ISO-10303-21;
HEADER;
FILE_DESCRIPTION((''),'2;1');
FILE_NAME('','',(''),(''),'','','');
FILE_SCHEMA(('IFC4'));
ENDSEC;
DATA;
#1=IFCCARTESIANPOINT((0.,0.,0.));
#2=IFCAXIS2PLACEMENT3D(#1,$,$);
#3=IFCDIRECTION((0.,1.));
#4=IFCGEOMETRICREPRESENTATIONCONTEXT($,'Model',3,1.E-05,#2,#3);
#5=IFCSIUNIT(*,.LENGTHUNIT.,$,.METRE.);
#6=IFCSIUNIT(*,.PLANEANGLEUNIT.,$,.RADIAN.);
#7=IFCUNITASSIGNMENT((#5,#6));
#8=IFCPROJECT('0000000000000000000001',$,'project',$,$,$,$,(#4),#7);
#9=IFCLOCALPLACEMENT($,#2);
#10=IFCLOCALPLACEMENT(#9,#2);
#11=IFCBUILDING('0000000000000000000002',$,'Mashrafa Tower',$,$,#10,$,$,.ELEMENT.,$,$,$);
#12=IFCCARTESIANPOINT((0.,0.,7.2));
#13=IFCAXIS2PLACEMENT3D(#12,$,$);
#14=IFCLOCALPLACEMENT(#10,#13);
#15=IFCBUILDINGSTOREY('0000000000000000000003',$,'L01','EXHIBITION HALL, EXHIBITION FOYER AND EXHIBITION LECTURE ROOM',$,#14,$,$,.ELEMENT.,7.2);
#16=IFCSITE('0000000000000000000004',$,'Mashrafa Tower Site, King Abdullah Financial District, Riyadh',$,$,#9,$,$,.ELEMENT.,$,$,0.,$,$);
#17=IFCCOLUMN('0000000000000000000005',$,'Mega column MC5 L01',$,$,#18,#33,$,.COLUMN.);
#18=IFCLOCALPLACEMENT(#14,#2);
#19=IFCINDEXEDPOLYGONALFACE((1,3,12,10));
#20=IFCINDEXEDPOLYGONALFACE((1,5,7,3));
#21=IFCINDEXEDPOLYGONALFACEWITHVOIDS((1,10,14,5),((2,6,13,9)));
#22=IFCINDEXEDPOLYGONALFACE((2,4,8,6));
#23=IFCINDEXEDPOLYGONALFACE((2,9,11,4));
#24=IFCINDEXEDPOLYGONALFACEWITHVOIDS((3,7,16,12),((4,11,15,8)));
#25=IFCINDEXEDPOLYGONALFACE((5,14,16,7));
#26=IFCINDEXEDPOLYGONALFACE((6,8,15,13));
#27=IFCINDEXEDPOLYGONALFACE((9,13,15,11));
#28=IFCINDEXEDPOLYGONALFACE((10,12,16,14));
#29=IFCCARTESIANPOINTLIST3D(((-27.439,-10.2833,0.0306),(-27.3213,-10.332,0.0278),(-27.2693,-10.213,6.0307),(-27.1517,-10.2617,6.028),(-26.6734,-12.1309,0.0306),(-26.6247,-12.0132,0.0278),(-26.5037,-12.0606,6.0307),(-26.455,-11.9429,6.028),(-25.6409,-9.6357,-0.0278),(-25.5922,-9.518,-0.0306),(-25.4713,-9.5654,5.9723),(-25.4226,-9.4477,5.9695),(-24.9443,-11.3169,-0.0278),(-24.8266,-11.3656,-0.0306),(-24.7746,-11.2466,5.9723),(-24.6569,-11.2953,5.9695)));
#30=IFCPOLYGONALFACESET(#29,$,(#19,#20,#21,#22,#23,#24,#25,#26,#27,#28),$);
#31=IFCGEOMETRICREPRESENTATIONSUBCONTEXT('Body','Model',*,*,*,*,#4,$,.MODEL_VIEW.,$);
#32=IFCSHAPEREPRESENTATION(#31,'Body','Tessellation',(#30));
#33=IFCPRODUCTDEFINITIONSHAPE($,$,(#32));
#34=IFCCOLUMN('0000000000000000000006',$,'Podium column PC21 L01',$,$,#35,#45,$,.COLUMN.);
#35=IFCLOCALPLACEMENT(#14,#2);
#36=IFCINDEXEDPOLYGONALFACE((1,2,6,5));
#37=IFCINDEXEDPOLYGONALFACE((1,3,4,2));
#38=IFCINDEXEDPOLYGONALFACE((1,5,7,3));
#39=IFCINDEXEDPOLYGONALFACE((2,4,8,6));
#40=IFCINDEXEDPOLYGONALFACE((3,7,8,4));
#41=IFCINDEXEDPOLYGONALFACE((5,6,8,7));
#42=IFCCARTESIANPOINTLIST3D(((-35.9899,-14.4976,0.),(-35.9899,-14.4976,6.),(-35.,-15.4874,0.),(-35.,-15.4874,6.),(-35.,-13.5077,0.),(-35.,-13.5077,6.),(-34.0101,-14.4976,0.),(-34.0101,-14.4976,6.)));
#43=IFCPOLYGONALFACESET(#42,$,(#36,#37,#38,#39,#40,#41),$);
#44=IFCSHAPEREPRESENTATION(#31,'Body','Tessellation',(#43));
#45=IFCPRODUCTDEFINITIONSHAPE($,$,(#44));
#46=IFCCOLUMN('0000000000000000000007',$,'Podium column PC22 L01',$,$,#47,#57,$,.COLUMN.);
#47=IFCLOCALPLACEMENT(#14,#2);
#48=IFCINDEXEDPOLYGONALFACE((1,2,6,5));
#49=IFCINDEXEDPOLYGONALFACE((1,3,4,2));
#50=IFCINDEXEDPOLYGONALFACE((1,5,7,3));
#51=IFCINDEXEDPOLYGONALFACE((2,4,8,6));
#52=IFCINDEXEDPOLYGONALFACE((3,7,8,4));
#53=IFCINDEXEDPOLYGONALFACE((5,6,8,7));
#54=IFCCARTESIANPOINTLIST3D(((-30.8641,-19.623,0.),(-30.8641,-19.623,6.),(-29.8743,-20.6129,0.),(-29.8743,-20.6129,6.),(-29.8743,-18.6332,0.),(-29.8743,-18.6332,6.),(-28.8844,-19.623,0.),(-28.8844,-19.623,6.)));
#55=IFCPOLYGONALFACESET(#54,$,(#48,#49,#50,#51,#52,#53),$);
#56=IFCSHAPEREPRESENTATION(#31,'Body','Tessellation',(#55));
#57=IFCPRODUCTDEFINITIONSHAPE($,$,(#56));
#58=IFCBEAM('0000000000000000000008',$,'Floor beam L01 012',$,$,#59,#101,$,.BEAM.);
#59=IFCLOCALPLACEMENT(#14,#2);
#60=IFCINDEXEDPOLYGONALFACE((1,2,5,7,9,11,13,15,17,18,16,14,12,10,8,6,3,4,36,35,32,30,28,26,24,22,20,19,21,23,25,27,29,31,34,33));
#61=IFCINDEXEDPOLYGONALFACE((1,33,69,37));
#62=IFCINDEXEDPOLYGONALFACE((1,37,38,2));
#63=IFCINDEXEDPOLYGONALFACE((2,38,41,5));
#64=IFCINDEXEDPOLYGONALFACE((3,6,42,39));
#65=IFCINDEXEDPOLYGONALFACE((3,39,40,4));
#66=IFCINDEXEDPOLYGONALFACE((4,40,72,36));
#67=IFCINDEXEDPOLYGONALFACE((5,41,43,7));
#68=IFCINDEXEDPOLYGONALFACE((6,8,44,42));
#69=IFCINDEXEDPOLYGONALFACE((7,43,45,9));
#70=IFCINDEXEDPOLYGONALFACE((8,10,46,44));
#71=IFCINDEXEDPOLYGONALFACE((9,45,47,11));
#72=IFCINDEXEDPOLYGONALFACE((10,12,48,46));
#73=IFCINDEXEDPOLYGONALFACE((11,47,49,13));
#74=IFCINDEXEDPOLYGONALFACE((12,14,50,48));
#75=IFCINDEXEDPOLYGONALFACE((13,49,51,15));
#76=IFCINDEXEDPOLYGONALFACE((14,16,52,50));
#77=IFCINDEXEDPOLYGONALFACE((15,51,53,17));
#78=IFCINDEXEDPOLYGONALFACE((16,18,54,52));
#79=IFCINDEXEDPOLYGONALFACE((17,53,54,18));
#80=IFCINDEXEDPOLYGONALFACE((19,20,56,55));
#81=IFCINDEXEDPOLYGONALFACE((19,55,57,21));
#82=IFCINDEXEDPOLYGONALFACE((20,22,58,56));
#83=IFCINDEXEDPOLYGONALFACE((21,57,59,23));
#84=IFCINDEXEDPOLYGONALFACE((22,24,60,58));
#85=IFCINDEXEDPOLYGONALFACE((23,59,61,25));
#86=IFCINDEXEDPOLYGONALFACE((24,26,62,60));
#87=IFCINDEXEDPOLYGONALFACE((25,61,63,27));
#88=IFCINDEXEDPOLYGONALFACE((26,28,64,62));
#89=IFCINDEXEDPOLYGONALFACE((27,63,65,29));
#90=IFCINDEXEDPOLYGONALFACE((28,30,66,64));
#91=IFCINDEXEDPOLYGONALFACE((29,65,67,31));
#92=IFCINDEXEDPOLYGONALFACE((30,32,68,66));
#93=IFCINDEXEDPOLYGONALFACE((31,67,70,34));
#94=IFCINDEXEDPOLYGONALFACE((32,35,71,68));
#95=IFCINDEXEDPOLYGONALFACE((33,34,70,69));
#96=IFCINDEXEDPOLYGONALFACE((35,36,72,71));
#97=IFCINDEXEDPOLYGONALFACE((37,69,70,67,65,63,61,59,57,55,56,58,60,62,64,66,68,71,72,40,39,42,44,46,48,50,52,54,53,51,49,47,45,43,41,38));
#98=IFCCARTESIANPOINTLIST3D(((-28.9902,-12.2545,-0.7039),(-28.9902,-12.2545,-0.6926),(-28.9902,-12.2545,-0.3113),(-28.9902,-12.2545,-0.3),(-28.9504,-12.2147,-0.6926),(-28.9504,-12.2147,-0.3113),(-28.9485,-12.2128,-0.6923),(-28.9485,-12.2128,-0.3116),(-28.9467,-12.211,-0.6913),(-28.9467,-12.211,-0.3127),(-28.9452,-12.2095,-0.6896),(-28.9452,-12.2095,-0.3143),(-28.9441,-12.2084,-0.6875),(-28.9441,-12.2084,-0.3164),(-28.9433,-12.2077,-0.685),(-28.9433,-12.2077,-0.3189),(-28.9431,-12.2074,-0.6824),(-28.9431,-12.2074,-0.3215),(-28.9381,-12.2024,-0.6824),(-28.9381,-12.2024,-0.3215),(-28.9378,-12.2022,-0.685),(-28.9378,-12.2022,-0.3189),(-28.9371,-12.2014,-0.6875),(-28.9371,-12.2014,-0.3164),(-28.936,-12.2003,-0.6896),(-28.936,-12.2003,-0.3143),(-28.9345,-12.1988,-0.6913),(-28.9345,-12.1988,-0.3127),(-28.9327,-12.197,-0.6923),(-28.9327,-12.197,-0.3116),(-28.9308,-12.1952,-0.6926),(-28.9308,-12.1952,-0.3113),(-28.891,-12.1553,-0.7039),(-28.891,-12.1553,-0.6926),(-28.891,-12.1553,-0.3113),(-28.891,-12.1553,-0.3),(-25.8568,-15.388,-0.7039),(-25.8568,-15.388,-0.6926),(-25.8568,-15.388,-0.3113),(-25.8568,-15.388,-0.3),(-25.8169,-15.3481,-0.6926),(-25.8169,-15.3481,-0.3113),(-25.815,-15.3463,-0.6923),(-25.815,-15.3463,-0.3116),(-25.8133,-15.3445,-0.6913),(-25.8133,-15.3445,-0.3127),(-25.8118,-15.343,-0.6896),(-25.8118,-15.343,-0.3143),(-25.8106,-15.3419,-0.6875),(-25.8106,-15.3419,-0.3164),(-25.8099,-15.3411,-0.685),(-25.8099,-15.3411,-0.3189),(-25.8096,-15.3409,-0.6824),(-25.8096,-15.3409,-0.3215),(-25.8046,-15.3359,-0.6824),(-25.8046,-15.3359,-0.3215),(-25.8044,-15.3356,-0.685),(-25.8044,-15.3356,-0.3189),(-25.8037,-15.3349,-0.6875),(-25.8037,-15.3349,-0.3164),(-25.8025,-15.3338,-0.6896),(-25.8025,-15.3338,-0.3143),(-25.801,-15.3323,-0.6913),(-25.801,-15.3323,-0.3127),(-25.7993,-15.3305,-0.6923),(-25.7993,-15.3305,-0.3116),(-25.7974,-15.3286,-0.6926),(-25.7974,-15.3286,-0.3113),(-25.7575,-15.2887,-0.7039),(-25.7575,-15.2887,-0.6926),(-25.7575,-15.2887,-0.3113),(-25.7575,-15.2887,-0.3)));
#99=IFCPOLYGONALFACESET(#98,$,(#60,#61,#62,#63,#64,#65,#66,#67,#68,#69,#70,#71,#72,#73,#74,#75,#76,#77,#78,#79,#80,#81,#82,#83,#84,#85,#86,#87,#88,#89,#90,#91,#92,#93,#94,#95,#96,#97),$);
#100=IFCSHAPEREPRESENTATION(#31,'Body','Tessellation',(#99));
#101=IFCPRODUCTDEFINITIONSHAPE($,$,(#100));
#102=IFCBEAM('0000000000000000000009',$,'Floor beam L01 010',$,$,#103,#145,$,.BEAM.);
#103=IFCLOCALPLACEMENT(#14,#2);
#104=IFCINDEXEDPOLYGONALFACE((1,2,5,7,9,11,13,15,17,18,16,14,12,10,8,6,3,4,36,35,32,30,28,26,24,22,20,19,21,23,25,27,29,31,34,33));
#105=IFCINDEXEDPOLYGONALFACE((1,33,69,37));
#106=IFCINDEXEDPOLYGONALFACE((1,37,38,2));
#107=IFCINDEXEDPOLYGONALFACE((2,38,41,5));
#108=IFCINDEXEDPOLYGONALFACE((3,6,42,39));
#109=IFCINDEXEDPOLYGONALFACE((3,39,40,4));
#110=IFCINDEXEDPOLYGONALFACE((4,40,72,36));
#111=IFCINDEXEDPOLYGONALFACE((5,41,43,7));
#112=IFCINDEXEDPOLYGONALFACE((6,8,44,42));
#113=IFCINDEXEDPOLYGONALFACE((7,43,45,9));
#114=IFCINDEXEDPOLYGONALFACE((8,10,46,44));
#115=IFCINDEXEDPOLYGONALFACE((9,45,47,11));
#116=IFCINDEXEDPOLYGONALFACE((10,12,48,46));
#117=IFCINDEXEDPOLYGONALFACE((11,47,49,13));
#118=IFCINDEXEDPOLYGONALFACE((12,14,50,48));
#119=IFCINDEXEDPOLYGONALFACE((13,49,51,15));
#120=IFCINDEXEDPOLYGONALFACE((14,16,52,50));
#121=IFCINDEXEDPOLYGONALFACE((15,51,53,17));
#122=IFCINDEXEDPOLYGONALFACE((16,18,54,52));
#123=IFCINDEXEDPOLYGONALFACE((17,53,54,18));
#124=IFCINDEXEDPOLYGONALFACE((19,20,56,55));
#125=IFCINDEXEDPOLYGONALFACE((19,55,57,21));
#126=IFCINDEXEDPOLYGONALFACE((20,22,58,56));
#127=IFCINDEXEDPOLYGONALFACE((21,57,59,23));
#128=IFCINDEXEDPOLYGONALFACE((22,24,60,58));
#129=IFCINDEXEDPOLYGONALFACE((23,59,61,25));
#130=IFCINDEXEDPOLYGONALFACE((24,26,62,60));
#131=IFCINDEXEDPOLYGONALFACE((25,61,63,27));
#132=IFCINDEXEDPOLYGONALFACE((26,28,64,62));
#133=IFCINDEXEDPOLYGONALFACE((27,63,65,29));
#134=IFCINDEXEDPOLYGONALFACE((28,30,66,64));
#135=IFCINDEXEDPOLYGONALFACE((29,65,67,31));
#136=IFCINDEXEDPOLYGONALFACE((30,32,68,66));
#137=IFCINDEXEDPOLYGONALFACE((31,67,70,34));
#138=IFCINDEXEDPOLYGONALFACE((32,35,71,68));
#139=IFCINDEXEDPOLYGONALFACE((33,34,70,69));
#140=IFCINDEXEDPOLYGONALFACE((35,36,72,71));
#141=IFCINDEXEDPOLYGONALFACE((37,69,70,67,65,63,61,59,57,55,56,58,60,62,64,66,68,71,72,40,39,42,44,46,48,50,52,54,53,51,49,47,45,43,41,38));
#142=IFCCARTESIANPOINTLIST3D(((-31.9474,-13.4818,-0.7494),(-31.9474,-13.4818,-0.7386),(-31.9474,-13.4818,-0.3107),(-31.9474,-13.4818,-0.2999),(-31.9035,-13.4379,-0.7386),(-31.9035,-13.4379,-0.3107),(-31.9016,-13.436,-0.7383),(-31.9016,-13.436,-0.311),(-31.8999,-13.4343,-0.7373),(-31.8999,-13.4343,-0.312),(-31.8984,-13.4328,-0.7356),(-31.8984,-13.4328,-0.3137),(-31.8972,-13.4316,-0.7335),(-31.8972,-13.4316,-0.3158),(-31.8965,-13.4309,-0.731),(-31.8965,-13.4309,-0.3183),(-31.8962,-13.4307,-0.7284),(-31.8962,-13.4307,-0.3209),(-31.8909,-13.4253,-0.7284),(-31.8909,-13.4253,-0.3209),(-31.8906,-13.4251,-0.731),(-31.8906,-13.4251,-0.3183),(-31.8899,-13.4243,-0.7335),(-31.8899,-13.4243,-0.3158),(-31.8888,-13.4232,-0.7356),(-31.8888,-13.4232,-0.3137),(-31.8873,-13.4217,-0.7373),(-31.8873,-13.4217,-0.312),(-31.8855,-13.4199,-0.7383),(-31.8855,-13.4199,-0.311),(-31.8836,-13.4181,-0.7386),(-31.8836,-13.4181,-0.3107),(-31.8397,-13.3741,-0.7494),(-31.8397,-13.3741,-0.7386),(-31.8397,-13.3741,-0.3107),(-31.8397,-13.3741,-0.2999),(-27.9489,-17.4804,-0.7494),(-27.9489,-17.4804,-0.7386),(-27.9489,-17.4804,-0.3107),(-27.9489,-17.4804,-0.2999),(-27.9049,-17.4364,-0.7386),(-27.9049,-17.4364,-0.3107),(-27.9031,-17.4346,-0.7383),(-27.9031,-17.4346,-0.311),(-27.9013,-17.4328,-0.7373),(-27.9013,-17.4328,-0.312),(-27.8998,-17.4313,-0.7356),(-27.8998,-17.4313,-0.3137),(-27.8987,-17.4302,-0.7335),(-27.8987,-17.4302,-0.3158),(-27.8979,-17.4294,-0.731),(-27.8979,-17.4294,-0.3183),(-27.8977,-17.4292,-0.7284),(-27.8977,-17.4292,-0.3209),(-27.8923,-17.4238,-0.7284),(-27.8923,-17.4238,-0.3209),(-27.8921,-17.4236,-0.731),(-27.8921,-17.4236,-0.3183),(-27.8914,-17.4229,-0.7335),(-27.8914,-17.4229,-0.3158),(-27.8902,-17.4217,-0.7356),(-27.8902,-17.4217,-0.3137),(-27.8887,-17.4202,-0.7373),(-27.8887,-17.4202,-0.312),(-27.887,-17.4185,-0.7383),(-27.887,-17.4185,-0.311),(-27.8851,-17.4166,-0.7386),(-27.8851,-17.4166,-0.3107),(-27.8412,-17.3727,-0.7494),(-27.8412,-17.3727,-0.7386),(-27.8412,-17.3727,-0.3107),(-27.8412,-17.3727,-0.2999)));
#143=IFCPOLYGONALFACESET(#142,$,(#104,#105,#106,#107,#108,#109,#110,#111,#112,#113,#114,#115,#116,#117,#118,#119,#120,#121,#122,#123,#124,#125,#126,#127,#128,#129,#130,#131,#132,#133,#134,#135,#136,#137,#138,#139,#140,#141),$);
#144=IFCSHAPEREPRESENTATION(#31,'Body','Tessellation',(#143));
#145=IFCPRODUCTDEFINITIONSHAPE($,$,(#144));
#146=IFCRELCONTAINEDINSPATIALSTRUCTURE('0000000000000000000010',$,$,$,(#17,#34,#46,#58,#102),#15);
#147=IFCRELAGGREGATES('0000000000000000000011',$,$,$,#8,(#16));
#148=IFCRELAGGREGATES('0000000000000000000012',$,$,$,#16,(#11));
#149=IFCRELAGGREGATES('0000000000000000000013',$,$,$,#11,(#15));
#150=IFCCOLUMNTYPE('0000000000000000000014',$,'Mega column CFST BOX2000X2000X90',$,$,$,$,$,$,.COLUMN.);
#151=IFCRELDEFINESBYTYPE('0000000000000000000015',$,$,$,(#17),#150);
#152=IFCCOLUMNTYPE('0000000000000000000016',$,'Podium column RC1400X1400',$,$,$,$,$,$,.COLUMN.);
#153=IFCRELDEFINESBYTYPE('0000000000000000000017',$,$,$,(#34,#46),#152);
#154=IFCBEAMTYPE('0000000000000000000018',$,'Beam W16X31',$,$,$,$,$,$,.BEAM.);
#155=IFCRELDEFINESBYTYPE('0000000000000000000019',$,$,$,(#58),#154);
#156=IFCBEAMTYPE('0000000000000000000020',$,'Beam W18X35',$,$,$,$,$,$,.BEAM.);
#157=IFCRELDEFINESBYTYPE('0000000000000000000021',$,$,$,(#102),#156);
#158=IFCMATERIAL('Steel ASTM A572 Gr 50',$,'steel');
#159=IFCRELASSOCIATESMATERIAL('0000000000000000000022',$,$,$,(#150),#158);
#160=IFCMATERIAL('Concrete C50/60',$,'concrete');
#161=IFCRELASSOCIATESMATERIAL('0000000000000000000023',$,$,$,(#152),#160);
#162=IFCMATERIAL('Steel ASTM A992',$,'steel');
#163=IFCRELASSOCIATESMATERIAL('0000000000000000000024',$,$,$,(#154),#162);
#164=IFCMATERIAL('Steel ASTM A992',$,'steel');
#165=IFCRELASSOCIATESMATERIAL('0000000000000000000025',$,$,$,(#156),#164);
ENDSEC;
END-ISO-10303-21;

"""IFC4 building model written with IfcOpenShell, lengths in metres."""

from ifc_helpers import new_model, si_unit, direction, frame, origin, origin_2d, place, context, subcontext, project, spatial, rectangle, hollow_rectangle, i_section, extrude, material, material_profile, profile_set, type_object, element, save


model = new_model("IFC4")

# Units and contexts
model_context = context("Model", 3, precision=1e-05, world=origin(), true_north=direction((0.0, 1.0)))
body_context = subcontext(model_context, "Body", "Model", "MODEL_VIEW")
ifc_project = project(units=[si_unit("LENGTHUNIT", "METRE"), si_unit("PLANEANGLEUNIT", "RADIAN")], contexts=[model_context])

# Site, building, storey
site_placement = place(None, origin())
site = spatial("IfcSite", under=ifc_project, at=site_placement, Name="Mashrafa Tower Site, King Abdullah Financial District, Riyadh", CompositionType="ELEMENT", RefElevation=0.0)
building_placement = place(site_placement, origin())
building = spatial("IfcBuilding", under=site, at=building_placement, Name="Mashrafa Tower", CompositionType="ELEMENT")
storey_placement = place(building_placement, frame((0.0, 0.0, 7.2)))
storey = spatial("IfcBuildingStorey", under=building, at=storey_placement, Name="L01", Description="EXHIBITION HALL, EXHIBITION FOYER AND EXHIBITION LECTURE ROOM", CompositionType="ELEMENT", Elevation=7.2)

# Columns
ifc_material_1 = material(Name="Steel ASTM A572 Gr 50", Category="steel")
ifc_material_profile_1 = material_profile(ifc_material_1, hollow_rectangle(XDim=2.0, YDim=2.0, WallThickness=0.0901, at=origin_2d()), Name="BOX2000X2000X90")
ifc_profile_set_1 = profile_set([ifc_material_profile_1], Name="Steel ASTM A572 Gr 50")
column_type_1 = type_object("IfcColumnType", Name="Mega column CFST BOX2000X2000X90", PredefinedType="COLUMN", material=ifc_profile_set_1)
column_placement = place(storey_placement, frame((-26.1328, -10.8245, 0.0), z_axis=(0.028266, 0.011713, 0.999532), x_axis=(-0.382821, 0.923822, 0.0)))
element("IfcColumn", 1, at=column_placement, inside=storey, type_object=column_type_1, Name="Mega column MC5 L01", PredefinedType="COLUMN", context=body_context, shape_type="SweptSolid", body=[
    extrude(hollow_rectangle(XDim=2.0, YDim=2.0, WallThickness=0.0901, at=origin_2d()), origin(), (0.0, 0.0, 1.0), 6.0029),
])
ifc_material_2 = material(Name="Concrete C50/60", Category="concrete")
ifc_material_profile_2 = material_profile(ifc_material_2, rectangle(XDim=1.3999, YDim=1.3999, at=origin_2d()), Name="RC1400X1400")
ifc_profile_set_2 = profile_set([ifc_material_profile_2], Name="Concrete C50/60")
column_type_2 = type_object("IfcColumnType", Name="Podium column RC1400X1400", PredefinedType="COLUMN", material=ifc_profile_set_2)
for number, where, z_axis, x_axis, name in (
    (2, (-35.0, -14.4976, 0.0), (0.0, 0.0, 1.0), (0.707107, 0.707107, 0.0), "Podium column PC21 L01"),
    (3, (-29.8743, -19.623, 0.0), (0.0, 0.0, 1.0), (0.707107, 0.707107, 0.0), "Podium column PC22 L01"),
):
    element("IfcColumn", number, at=place(storey_placement, frame(where, z_axis=z_axis, x_axis=x_axis)), inside=storey, type_object=column_type_2, Name=name, PredefinedType="COLUMN", context=body_context, shape_type="SweptSolid", body=[
        extrude(rectangle(XDim=1.3999, YDim=1.3999, at=origin_2d()), origin(), (0.0, 0.0, 1.0), 6.0),
    ])

# Beams
ifc_material_3 = material(Name="Steel ASTM A992", Category="steel")
ifc_material_profile_3 = material_profile(ifc_material_3, i_section(OverallWidth=0.1404, OverallDepth=0.4038, WebThickness=0.0071, FlangeThickness=0.0112, FilletRadius=0.0103, at=origin_2d()), Name="W16X31")
ifc_profile_set_3 = profile_set([ifc_material_profile_3], Name="Steel ASTM A992")
beam_type_1 = type_object("IfcBeamType", Name="Beam W16X31", PredefinedType="BEAM", material=ifc_profile_set_3)
beam_1_placement = place(storey_placement, frame((-25.8071, -15.3384, -0.502), z_axis=(-0.707107, 0.707107, 0.0), x_axis=(-0.707107, -0.707107, 0.0)))
element("IfcBeam", 4, at=beam_1_placement, inside=storey, type_object=beam_type_1, Name="Floor beam L01 012", PredefinedType="BEAM", context=body_context, shape_type="SweptSolid", body=[
    extrude(i_section(OverallWidth=0.1404, OverallDepth=0.4038, WebThickness=0.0071, FlangeThickness=0.0112, FilletRadius=0.0103, at=origin_2d()), origin(), (0.0, 0.0, 1.0), 4.4314),
])
ifc_material_4 = material(Name="Steel ASTM A992", Category="steel")
ifc_material_profile_4 = material_profile(ifc_material_4, i_section(OverallWidth=0.1523, OverallDepth=0.4495, WebThickness=0.0076, FlangeThickness=0.0107, FilletRadius=0.0103, at=origin_2d()), Name="W18X35")
ifc_profile_set_4 = profile_set([ifc_material_profile_4], Name="Steel ASTM A992")
beam_type_2 = type_object("IfcBeamType", Name="Beam W18X35", PredefinedType="BEAM", material=ifc_profile_set_4)
beam_2_placement = place(storey_placement, frame((-27.895, -17.4265, -0.5247), z_axis=(-0.707107, 0.707107, 0.0), x_axis=(-0.707107, -0.707107, 0.0)))
element("IfcBeam", 5, at=beam_2_placement, inside=storey, type_object=beam_type_2, Name="Floor beam L01 010", PredefinedType="BEAM", context=body_context, shape_type="SweptSolid", body=[
    extrude(i_section(OverallWidth=0.1523, OverallDepth=0.4495, WebThickness=0.0076, FlangeThickness=0.0107, FilletRadius=0.0103, at=origin_2d()), origin(), (0.0, 0.0, 1.0), 5.6548),
])

save(model, "model.ifc")
